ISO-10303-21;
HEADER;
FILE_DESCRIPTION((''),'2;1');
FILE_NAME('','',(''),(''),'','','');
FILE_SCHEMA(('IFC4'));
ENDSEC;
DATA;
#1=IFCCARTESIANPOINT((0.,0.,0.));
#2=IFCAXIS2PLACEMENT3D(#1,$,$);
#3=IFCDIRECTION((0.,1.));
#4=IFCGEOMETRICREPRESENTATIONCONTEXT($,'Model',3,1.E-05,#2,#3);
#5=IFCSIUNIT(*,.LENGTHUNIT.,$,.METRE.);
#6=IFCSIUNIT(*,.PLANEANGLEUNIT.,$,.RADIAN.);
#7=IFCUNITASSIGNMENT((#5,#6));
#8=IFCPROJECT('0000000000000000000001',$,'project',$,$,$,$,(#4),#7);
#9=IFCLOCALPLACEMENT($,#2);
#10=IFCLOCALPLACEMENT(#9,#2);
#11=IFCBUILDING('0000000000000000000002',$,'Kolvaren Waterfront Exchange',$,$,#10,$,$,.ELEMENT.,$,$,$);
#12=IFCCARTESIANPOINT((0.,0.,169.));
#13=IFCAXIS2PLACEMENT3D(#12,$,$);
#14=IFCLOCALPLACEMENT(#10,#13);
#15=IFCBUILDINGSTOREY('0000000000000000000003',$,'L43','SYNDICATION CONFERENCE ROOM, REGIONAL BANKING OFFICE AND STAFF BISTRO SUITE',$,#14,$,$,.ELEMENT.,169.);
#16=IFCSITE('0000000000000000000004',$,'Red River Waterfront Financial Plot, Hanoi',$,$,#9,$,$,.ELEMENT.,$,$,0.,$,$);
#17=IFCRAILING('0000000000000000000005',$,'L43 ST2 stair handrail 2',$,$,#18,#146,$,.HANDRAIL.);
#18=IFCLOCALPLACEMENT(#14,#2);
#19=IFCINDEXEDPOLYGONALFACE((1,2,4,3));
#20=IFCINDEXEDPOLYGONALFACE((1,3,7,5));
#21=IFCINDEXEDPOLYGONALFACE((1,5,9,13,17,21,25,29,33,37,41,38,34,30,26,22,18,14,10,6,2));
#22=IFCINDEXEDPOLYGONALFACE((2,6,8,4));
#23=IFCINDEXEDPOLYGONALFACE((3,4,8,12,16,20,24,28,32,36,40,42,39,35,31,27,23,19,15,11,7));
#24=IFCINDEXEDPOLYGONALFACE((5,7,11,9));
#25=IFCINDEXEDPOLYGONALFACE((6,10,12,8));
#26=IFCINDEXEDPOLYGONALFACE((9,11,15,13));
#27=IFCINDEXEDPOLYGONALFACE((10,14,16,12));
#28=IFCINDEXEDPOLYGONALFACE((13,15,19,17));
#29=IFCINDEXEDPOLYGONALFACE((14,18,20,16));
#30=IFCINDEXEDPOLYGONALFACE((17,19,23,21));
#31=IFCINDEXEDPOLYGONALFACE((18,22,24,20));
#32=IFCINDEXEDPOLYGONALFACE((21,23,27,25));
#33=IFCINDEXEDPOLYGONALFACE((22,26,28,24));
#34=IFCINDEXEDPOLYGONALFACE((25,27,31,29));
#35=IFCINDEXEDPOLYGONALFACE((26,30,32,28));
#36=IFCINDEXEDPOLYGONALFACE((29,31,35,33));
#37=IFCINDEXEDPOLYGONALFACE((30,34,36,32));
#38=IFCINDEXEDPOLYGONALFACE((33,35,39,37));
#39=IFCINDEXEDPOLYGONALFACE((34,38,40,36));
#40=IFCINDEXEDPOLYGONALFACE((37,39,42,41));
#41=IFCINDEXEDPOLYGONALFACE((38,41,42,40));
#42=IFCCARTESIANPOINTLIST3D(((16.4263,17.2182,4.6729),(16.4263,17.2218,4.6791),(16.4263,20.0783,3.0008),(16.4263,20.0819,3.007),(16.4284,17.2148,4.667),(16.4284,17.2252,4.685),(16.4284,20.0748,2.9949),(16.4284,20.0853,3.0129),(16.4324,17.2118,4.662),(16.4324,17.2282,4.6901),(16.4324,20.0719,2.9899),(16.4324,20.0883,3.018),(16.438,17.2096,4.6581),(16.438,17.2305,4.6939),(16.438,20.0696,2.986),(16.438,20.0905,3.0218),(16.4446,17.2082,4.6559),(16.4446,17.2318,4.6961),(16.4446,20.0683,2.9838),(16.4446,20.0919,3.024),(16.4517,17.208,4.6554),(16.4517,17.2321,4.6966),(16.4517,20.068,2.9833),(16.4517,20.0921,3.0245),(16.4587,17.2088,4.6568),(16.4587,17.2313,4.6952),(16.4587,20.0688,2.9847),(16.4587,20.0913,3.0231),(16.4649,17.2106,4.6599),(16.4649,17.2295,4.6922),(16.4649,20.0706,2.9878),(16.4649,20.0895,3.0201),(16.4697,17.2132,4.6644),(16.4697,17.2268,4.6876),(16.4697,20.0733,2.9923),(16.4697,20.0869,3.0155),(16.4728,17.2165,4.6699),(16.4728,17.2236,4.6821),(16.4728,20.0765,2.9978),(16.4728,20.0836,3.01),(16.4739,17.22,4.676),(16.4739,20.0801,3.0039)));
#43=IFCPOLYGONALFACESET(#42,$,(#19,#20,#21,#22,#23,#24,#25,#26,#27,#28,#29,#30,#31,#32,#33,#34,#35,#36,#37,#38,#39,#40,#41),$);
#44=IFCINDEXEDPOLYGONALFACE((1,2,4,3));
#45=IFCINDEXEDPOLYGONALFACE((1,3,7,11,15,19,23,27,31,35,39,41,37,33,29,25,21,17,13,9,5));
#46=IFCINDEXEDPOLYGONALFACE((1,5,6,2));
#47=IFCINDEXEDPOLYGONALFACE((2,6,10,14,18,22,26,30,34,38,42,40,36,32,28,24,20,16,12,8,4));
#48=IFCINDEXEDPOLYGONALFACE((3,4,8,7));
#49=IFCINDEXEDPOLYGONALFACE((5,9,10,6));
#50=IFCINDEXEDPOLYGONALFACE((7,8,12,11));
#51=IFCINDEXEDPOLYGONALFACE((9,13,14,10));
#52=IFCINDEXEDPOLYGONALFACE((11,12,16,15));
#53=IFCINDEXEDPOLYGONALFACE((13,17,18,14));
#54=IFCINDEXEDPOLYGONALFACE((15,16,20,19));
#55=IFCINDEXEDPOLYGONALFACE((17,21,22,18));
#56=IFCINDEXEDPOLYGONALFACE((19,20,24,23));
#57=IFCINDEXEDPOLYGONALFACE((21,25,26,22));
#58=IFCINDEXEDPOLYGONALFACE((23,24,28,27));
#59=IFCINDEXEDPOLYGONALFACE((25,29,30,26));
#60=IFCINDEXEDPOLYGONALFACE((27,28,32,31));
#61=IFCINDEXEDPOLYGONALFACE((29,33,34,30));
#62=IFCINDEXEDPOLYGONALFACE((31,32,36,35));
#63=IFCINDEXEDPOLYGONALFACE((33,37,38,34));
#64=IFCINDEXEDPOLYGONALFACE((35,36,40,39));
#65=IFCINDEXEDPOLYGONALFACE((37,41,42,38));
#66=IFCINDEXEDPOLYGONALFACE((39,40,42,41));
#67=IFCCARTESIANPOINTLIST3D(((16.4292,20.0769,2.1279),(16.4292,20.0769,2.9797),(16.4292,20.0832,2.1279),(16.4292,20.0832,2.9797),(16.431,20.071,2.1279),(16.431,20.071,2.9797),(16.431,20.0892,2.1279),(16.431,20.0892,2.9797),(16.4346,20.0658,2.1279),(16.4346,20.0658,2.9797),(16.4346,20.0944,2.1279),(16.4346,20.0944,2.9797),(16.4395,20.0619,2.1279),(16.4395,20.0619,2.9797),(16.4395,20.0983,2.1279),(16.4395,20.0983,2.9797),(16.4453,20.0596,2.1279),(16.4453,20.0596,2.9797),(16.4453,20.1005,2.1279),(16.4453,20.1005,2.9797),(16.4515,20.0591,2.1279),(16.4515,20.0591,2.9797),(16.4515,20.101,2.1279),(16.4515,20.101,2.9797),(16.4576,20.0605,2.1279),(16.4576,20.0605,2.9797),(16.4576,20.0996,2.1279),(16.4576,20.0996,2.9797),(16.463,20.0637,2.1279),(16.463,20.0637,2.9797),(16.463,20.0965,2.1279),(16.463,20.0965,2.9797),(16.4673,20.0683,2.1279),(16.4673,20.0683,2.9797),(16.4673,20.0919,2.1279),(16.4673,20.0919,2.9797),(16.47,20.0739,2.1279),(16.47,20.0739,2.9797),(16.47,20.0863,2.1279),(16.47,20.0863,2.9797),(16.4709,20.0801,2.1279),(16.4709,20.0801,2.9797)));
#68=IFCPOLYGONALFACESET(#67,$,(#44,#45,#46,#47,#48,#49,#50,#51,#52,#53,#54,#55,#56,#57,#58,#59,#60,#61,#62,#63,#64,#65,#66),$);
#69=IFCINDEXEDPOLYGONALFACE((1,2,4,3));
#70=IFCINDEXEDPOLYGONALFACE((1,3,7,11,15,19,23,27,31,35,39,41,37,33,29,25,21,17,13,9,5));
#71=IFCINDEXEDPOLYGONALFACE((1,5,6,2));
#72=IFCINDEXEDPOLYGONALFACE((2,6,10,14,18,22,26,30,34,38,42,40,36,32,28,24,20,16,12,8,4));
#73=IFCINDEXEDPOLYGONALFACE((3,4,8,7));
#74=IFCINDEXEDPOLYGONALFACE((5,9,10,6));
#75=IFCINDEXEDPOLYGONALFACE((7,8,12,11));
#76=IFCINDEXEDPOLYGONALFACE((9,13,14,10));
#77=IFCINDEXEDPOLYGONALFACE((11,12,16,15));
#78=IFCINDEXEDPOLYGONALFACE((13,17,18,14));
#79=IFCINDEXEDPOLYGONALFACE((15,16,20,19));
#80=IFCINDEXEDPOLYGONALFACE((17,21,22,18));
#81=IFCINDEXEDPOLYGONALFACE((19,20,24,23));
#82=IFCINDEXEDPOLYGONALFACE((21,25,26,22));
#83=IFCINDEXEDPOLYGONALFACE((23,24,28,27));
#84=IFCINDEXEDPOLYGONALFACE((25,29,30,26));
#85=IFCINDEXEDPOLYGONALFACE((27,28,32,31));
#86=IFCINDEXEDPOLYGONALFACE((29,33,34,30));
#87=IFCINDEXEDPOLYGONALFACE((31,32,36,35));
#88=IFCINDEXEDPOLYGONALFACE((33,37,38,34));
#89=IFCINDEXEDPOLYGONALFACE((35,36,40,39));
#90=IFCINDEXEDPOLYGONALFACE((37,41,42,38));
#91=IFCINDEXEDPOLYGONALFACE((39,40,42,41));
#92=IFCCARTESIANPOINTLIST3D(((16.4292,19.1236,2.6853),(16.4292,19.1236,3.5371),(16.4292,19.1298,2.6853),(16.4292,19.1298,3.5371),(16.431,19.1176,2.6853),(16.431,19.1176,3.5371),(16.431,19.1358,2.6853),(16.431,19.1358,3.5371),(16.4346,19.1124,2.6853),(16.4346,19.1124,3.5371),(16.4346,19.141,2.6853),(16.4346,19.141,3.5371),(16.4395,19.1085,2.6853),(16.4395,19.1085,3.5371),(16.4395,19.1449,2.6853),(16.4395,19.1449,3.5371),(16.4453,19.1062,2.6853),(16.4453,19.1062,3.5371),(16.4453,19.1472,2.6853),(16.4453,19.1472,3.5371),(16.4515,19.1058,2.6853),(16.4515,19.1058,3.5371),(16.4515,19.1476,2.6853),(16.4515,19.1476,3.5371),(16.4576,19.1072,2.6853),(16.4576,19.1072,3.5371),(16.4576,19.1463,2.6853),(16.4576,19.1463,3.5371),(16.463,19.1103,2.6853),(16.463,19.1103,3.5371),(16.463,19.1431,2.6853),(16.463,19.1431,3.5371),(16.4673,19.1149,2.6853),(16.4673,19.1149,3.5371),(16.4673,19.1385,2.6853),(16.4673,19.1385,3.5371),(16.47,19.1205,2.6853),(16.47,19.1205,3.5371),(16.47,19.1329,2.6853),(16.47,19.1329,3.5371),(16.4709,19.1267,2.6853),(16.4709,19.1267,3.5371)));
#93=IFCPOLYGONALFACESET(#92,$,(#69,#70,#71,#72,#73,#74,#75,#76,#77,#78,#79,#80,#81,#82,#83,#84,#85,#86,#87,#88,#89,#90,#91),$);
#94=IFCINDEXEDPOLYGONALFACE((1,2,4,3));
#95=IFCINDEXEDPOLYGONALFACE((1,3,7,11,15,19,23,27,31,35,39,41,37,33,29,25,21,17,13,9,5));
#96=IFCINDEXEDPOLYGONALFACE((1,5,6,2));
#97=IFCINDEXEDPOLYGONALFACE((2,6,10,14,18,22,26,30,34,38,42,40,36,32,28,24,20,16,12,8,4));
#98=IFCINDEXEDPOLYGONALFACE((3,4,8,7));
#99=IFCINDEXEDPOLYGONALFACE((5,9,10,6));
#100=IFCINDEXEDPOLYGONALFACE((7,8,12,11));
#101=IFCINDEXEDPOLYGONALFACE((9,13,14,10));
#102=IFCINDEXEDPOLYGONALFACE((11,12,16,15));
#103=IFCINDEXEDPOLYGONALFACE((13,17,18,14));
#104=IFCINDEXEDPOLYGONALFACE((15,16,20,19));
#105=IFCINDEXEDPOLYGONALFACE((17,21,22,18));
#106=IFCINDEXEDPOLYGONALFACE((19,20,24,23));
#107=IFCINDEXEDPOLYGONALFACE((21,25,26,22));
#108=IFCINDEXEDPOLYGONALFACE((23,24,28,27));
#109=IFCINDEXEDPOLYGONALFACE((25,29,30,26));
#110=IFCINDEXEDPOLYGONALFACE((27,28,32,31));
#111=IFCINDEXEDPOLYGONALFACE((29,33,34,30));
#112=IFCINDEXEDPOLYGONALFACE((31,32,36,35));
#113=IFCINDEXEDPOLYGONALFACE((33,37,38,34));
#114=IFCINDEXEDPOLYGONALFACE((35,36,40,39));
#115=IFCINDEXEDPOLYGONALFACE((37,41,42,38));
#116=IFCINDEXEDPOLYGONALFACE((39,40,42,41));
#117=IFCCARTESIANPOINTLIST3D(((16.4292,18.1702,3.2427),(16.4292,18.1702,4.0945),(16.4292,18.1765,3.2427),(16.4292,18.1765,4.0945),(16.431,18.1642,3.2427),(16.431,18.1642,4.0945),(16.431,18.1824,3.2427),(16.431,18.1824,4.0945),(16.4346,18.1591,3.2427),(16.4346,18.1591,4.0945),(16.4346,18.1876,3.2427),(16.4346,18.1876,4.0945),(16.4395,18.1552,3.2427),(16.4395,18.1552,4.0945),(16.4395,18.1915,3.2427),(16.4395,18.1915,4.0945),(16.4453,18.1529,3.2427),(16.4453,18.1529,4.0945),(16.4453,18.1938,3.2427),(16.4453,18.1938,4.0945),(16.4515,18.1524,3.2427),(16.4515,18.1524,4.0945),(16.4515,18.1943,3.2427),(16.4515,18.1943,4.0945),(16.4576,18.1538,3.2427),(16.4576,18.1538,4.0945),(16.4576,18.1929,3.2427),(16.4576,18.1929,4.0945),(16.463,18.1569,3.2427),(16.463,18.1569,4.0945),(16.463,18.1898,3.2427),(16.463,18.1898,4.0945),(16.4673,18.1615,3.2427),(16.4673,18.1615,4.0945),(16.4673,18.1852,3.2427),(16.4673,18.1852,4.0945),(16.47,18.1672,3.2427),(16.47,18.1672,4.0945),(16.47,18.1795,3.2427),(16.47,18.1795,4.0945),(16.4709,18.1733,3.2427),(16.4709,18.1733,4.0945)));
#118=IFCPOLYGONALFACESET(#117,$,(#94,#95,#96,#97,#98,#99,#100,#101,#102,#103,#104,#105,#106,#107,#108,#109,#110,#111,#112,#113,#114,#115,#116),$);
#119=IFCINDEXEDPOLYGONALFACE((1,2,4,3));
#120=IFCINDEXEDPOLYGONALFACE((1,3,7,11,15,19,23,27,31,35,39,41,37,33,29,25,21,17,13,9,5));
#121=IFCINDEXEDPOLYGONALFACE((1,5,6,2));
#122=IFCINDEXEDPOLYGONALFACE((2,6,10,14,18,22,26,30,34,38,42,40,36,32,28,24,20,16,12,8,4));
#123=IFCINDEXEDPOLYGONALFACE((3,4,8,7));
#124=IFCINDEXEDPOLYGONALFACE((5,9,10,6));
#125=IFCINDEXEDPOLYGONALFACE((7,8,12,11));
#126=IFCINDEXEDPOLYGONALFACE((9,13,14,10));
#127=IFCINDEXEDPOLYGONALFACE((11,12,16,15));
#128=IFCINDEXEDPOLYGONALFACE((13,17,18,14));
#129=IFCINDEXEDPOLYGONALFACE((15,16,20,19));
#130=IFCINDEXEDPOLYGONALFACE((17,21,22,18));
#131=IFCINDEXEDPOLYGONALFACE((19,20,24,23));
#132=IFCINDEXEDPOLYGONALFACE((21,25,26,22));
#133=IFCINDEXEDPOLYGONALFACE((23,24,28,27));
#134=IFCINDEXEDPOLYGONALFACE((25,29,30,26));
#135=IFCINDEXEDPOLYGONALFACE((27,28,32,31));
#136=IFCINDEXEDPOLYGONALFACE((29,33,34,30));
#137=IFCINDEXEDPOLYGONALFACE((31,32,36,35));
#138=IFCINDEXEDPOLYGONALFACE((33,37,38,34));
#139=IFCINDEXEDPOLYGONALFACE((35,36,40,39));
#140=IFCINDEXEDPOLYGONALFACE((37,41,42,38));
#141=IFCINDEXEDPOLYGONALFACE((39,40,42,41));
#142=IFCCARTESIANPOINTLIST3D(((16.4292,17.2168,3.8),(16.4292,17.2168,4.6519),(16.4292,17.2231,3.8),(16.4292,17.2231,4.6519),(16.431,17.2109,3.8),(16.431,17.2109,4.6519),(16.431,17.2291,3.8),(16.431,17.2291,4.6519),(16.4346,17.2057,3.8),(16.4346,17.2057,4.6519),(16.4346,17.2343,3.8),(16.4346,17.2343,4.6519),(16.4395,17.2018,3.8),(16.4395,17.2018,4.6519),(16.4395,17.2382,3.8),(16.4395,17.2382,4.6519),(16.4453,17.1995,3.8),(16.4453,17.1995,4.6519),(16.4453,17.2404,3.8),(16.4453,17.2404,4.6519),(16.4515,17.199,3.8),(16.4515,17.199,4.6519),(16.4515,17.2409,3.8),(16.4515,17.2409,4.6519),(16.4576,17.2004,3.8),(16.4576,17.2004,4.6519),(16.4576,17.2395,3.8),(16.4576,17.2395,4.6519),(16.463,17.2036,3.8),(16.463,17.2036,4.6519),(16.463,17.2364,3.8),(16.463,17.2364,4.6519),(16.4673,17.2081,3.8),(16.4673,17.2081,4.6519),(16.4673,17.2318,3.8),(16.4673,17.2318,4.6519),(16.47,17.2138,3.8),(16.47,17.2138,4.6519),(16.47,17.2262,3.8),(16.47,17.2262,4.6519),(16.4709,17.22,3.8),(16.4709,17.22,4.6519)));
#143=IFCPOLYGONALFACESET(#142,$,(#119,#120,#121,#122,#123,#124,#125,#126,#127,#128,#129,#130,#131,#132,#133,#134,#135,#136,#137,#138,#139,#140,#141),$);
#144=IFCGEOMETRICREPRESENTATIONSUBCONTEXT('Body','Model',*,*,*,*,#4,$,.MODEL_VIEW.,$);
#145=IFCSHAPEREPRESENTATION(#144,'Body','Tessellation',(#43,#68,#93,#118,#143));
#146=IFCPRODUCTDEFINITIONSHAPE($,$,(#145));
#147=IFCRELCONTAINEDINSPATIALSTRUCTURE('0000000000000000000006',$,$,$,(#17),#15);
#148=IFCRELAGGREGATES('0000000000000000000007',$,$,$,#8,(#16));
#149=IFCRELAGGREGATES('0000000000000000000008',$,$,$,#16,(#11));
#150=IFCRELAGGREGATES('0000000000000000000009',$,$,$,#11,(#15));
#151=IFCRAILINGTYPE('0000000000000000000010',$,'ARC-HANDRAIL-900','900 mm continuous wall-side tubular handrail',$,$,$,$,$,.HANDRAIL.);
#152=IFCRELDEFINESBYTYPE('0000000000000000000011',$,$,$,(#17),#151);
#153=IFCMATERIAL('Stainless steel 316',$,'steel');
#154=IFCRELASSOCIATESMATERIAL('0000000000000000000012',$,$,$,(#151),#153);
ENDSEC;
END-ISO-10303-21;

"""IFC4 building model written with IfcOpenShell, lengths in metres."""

from ifc_helpers import new_model, si_unit, direction, frame, origin, origin_2d, place, context, subcontext, project, spatial, circle, extrude, material, type_object, element, save


model = new_model("IFC4")

# Units and contexts
model_context = context("Model", 3, precision=1e-05, world=origin(), true_north=direction((0.0, 1.0)))
body_context = subcontext(model_context, "Body", "Model", "MODEL_VIEW")
ifc_project = project(units=[si_unit("LENGTHUNIT", "METRE"), si_unit("PLANEANGLEUNIT", "RADIAN")], contexts=[model_context])

# Site, building, storey
site_placement = place(None, origin())
site = spatial("IfcSite", under=ifc_project, at=site_placement, Name="Red River Waterfront Financial Plot, Hanoi", CompositionType="ELEMENT", RefElevation=0.0)
building_placement = place(site_placement, origin())
building = spatial("IfcBuilding", under=site, at=building_placement, Name="Kolvaren Waterfront Exchange", CompositionType="ELEMENT")
storey_placement = place(building_placement, frame((0.0, 0.0, 169.0)))
storey = spatial("IfcBuildingStorey", under=building, at=storey_placement, Name="L43", Description="SYNDICATION CONFERENCE ROOM, REGIONAL BANKING OFFICE AND STAFF BISTRO SUITE", CompositionType="ELEMENT", Elevation=169.0)

# Railing
ifc_material_1 = material(Name="Stainless steel 316", Category="steel")
railing_type_1 = type_object("IfcRailingType", Name="ARC-HANDRAIL-900", Description="900 mm continuous wall-side tubular handrail", PredefinedType="HANDRAIL", material=ifc_material_1)
railing_1_placement = place(storey_placement, frame((16.45, 20.0801, 2.1279)))
element("IfcRailing", 1, at=railing_1_placement, inside=storey, type_object=railing_type_1, Name="L43 ST2 stair handrail 2", PredefinedType="HANDRAIL", context=body_context, shape_type="SweptSolid", body=[
    extrude(circle(Radius=0.0239, at=origin_2d()), frame((0.0, 0.0, 0.876), z_axis=(0.0, -0.863289, 0.504709), x_axis=(1.0, 0.0, 0.0)), (0.0, 0.0, 1.0), 3.313),
    extrude(circle(Radius=0.021, at=origin_2d()), origin(), (0.0, 0.0, 1.0), 0.8518),
    extrude(circle(Radius=0.021, at=origin_2d()), frame((0.0, -0.9534, 0.5574)), (0.0, 0.0, 1.0), 0.8518),
    extrude(circle(Radius=0.021, at=origin_2d()), frame((0.0, -1.9067, 1.1147)), (0.0, 0.0, 1.0), 0.8518),
    extrude(circle(Radius=0.021, at=origin_2d()), frame((0.0, -2.8601, 1.6721)), (0.0, 0.0, 1.0), 0.8518),
])

save(model, "model.ifc")
